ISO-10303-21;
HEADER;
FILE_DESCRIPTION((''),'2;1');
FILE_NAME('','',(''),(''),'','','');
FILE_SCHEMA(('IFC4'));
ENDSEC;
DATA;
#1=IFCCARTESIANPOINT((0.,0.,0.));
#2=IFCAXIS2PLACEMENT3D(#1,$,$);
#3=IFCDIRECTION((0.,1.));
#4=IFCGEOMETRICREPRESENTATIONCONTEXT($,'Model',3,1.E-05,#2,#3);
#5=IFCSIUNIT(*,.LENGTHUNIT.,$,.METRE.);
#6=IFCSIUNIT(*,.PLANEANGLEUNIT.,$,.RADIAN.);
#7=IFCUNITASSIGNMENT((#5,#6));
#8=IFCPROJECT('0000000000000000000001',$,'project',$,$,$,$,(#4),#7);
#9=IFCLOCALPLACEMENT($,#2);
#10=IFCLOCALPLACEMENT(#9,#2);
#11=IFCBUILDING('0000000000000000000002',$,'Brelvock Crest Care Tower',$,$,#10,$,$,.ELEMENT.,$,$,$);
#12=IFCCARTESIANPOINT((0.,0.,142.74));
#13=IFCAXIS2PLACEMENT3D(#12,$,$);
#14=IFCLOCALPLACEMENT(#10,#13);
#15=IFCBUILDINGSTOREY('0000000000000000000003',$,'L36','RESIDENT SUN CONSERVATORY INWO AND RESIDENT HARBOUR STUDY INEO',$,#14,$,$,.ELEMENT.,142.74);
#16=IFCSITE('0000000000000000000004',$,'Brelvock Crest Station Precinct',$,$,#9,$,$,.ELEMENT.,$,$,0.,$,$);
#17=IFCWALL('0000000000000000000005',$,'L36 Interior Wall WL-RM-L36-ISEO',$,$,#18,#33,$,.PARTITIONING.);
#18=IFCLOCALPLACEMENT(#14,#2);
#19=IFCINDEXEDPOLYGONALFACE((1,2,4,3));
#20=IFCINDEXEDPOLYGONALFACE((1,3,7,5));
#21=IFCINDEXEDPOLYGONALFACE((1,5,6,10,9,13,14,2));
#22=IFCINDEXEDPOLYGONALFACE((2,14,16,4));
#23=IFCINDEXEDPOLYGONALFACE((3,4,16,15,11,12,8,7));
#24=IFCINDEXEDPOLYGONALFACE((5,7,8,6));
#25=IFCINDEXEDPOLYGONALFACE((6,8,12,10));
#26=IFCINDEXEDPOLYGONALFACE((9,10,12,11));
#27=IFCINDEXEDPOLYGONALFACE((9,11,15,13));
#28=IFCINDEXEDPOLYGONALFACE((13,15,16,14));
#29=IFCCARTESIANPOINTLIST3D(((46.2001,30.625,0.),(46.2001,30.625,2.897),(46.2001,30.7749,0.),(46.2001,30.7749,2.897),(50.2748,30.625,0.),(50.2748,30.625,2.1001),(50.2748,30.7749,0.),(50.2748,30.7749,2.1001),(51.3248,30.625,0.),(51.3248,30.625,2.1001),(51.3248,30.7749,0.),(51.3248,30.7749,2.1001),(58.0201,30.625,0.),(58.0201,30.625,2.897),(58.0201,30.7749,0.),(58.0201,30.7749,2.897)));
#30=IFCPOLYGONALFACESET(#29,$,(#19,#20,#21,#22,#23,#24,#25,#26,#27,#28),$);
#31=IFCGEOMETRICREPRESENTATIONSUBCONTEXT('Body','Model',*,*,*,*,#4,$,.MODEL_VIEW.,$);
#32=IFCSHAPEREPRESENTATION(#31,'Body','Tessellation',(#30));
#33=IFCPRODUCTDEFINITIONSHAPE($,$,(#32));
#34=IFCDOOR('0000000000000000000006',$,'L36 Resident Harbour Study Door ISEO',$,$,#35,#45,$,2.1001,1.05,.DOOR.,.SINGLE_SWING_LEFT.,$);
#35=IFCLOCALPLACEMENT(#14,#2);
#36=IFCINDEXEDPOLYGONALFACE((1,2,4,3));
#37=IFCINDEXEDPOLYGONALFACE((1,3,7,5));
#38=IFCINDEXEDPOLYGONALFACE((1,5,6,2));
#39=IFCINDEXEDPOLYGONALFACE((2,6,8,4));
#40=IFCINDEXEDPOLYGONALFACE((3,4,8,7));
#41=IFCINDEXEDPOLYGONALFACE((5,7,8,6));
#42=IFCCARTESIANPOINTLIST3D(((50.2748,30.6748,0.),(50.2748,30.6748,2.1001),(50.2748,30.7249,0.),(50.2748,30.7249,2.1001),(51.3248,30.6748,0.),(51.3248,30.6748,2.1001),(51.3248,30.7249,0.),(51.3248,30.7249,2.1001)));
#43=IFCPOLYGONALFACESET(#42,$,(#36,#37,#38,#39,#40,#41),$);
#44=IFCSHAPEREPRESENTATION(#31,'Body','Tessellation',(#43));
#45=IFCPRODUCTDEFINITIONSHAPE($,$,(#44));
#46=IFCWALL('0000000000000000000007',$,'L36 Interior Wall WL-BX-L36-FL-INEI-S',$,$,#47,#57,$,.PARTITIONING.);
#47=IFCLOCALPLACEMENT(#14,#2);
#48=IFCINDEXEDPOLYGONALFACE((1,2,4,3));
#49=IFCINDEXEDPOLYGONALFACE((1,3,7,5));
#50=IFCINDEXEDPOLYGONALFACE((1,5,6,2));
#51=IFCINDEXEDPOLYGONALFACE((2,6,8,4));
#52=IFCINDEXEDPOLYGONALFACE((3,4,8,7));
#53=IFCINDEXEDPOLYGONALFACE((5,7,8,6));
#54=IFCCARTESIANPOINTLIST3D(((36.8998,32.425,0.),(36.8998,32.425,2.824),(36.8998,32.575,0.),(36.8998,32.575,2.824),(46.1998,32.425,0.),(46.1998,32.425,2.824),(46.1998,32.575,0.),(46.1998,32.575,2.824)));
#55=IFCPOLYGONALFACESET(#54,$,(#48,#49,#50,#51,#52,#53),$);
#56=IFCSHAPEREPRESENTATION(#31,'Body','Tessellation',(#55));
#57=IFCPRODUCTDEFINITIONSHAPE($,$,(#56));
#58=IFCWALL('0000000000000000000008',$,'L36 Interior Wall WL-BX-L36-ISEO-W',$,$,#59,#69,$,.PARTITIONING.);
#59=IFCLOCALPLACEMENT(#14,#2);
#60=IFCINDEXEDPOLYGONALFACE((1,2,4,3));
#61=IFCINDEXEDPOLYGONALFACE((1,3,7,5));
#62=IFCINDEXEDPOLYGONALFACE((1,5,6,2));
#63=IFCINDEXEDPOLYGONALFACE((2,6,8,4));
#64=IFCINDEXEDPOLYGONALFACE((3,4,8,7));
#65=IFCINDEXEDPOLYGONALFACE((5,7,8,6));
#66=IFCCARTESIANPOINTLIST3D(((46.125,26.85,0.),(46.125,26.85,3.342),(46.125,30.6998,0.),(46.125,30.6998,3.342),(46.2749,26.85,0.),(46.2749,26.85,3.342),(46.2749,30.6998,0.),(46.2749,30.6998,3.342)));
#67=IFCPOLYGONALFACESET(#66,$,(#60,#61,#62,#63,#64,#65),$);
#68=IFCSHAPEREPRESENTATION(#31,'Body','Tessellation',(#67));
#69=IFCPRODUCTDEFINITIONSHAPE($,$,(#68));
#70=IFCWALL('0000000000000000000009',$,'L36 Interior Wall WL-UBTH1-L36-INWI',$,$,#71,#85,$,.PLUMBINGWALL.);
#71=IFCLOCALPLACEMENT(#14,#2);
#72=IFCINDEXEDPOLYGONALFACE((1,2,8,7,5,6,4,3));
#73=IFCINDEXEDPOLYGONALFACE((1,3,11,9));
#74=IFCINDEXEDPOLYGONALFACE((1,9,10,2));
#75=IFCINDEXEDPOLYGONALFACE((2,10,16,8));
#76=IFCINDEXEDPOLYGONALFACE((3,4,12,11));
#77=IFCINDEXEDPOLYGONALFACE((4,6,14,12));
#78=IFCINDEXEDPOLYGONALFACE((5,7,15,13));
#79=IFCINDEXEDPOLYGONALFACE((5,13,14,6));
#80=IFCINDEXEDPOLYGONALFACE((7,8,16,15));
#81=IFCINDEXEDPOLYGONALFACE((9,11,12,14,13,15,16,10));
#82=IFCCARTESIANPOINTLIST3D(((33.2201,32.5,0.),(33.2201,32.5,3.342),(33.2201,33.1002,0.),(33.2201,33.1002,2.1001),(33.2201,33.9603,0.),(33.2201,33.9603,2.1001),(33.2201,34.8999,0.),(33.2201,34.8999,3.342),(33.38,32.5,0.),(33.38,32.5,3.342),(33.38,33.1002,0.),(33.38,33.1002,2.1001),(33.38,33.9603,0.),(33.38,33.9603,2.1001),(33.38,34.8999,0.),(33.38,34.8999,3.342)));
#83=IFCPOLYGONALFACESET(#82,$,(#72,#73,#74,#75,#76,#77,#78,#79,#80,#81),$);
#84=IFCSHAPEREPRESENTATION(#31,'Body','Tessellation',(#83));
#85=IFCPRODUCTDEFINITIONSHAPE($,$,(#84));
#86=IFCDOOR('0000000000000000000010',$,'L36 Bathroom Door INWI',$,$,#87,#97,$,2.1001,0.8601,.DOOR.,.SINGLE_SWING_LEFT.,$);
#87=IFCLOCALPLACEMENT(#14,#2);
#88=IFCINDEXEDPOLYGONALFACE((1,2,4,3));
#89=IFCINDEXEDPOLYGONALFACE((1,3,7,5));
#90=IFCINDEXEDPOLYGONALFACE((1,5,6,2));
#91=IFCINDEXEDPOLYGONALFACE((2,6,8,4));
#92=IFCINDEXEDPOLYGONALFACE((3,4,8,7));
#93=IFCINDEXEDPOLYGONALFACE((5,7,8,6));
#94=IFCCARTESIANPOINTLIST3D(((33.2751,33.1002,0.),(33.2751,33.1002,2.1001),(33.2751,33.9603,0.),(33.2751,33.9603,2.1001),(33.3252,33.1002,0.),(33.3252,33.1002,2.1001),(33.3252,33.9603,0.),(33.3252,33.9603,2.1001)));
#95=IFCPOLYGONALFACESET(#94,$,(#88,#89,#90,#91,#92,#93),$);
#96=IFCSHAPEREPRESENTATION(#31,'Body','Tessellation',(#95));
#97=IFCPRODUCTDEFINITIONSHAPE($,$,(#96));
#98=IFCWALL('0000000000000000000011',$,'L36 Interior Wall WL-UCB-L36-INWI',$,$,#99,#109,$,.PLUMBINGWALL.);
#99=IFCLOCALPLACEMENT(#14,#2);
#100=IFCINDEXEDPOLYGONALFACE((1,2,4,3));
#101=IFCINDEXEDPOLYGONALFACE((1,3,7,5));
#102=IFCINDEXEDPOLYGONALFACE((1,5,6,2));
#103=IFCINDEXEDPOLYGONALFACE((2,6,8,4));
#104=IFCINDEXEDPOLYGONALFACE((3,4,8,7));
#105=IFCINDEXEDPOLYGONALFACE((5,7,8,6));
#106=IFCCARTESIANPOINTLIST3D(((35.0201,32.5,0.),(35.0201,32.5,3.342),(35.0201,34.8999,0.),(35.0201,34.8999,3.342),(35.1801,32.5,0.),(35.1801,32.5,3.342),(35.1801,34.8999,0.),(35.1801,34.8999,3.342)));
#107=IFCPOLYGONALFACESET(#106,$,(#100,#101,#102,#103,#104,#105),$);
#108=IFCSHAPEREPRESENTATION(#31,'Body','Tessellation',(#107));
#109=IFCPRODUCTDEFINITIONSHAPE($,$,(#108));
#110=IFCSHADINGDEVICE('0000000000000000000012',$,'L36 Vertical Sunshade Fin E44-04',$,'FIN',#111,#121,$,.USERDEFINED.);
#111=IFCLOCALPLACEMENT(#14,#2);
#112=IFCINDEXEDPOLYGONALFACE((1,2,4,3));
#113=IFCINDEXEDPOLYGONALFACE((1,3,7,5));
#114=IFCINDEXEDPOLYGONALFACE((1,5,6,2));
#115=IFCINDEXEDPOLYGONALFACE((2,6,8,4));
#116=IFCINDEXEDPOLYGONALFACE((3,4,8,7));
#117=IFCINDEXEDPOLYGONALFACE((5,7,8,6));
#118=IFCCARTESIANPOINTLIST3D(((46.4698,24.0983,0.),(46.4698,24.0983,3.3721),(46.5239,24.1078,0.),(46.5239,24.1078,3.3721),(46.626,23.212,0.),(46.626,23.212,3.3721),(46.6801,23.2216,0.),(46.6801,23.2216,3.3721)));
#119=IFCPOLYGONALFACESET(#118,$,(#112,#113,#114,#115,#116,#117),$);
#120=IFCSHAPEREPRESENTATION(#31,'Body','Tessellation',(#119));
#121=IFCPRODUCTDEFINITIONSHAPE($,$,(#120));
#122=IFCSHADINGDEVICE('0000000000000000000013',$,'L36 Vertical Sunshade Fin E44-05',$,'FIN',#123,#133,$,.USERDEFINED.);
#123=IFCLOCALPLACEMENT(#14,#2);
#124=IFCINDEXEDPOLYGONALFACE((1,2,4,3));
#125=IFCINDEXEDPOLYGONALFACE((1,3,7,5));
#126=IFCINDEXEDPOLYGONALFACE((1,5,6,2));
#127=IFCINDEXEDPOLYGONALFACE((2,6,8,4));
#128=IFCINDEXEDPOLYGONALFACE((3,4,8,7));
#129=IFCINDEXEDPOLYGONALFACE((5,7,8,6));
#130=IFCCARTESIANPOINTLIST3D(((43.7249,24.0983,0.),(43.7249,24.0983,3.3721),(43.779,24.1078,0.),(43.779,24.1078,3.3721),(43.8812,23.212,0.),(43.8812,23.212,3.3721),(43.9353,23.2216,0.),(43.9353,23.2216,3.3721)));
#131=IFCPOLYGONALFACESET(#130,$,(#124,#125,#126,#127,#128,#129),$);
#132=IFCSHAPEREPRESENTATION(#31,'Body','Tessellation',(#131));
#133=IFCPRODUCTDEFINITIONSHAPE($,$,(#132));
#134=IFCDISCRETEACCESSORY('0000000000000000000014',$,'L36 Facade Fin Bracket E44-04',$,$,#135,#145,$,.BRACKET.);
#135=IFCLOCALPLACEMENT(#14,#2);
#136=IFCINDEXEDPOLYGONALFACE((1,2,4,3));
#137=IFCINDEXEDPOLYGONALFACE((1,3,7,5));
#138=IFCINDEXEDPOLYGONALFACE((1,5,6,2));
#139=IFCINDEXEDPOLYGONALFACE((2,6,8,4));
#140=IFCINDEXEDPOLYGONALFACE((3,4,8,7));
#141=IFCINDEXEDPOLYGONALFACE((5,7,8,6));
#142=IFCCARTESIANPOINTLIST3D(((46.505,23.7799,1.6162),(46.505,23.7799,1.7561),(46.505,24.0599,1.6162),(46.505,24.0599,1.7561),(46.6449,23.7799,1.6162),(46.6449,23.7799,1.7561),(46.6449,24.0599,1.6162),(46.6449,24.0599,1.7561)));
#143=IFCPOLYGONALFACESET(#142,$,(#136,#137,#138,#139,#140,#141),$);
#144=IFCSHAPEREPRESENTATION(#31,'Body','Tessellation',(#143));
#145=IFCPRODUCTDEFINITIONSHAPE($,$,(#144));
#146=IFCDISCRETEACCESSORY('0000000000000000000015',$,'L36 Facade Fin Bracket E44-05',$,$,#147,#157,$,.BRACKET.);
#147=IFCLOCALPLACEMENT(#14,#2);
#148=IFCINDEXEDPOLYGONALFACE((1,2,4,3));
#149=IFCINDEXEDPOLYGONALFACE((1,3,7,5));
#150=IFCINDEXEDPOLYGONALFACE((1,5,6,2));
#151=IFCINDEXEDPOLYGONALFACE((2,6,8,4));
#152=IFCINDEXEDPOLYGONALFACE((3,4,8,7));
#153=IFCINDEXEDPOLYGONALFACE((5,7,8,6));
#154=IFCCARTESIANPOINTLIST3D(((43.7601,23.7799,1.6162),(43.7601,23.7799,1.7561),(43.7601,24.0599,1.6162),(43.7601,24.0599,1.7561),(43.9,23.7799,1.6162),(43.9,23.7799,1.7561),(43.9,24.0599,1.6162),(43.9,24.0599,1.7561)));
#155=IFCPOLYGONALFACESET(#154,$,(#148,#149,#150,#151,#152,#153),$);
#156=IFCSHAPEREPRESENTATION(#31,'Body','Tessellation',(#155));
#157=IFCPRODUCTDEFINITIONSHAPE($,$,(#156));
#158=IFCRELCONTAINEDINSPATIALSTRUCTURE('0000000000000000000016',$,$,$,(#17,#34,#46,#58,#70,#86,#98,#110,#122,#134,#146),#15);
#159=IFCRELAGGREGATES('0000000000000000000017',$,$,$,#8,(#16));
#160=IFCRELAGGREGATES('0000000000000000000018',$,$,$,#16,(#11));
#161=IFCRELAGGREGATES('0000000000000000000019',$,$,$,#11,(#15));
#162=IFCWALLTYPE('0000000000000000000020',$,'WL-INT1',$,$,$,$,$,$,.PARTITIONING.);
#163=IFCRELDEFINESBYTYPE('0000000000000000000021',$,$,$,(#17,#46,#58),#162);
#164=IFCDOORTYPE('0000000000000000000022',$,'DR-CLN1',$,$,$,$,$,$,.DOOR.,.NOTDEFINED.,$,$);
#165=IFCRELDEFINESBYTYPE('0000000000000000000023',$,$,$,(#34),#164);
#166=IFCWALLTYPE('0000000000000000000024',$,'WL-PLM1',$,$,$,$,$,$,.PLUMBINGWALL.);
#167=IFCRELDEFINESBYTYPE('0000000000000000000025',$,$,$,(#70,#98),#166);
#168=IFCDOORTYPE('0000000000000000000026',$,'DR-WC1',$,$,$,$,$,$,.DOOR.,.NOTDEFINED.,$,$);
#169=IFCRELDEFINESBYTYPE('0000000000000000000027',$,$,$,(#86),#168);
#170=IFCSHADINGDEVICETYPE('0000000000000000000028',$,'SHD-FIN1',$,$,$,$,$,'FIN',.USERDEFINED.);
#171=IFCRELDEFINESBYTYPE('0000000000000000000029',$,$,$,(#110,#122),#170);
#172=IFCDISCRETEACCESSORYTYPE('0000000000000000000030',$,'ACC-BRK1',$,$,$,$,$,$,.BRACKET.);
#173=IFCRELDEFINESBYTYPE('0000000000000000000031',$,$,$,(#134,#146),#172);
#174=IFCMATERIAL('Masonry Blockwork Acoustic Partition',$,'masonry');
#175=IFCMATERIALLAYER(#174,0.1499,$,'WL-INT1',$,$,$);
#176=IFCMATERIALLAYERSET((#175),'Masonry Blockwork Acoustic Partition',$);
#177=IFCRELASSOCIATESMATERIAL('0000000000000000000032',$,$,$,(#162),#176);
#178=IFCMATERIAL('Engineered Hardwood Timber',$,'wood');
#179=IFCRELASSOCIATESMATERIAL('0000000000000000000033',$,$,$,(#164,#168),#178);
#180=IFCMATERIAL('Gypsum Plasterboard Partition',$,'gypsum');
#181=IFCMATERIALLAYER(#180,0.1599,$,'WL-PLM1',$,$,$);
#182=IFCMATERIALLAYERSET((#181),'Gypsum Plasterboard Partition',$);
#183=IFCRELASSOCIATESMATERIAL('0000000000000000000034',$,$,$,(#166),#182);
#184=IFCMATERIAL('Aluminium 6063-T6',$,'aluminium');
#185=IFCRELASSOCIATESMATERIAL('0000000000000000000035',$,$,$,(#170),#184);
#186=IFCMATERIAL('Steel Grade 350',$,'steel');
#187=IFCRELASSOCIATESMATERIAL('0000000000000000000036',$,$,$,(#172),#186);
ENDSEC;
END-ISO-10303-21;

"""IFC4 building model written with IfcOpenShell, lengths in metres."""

from ifc_helpers import new_model, si_unit, direction, frame, frame_2d, origin, origin_2d, place, context, subcontext, project, spatial, rectangle, extrude, source, transform, mapped, material, layer, layer_set, material_profile, profile_set, type_object, element, fill, save


model = new_model("IFC4")

# Units and contexts
model_context = context("Model", 3, precision=1e-05, world=origin(), true_north=direction((0.0, 1.0)))
body_context = subcontext(model_context, "Body", "Model", "MODEL_VIEW")
ifc_project = project(units=[si_unit("LENGTHUNIT", "METRE"), si_unit("PLANEANGLEUNIT", "RADIAN")], contexts=[model_context])

# Site, building, storey
site_placement = place(None, origin())
site = spatial("IfcSite", under=ifc_project, at=site_placement, Name="Brelvock Crest Station Precinct", CompositionType="ELEMENT", RefElevation=0.0)
building_placement = place(site_placement, origin())
building = spatial("IfcBuilding", under=site, at=building_placement, Name="Brelvock Crest Care Tower", CompositionType="ELEMENT")
storey_placement = place(building_placement, frame((0.0, 0.0, 142.74)))
storey = spatial("IfcBuildingStorey", under=building, at=storey_placement, Name="L36", Description="RESIDENT SUN CONSERVATORY INWO AND RESIDENT HARBOUR STUDY INEO", CompositionType="ELEMENT", Elevation=142.74)

# Shared definitions
ifc_material_1 = material(Name="Steel Grade 350", Category="steel")

# Shared definitions
ifc_material_2 = material(Name="Aluminium 6063-T6", Category="aluminium")

# Shared definitions
ifc_material_3 = material(Name="Masonry Blockwork Acoustic Partition", Category="masonry")
ifc_layer_1 = layer(ifc_material_3, 0.1499, Name="WL-INT1")
ifc_layer_set_1 = layer_set([ifc_layer_1], Name="Masonry Blockwork Acoustic Partition")
wall_type_1 = type_object("IfcWallType", Name="WL-INT1", PredefinedType="PARTITIONING", material=ifc_layer_set_1)

# Wall, opening, door
wall_1_placement = place(storey_placement, frame((46.2, 30.7, 0.0), z_axis=(0.0, 0.0, 1.0), x_axis=(1.0, 0.0, 0.0)))
wall_1 = element("IfcWall", 1, at=wall_1_placement, inside=storey, type_object=wall_type_1, Name="L36 Interior Wall WL-RM-L36-ISEO", PredefinedType="PARTITIONING", context=body_context, shape_type="SweptSolid", body=[
    extrude(rectangle(XDim=11.8201, YDim=0.1499, at=frame_2d((5.9102, 0.0))), origin(), (0.0, 0.0, 1.0), 2.897),
])
opening_1_placement = place(wall_1_placement, frame((4.075, 0.0, 0.0)))
opening_1 = element("IfcOpeningElement", 2, at=opening_1_placement, cuts=wall_1, PredefinedType="OPENING", context=body_context, shape_type="SweptSolid", body=[
    extrude(rectangle(XDim=1.05, YDim=2.1001, at=origin_2d()), frame((0.5249, 0.085, 1.05), z_axis=(0.0, -1.0, 0.0), x_axis=(1.0, 0.0, 0.0)), (0.0, 0.0, 1.0), 0.1699),
])
ifc_material_4 = material(Name="Engineered Hardwood Timber", Category="wood")
door_type_1 = type_object("IfcDoorType", Name="DR-CLN1", OperationType="NOTDEFINED", PredefinedType="DOOR", material=ifc_material_4)
shared_shape_1 = source(origin(), body_context, "Body", "SweptSolid", [
    extrude(rectangle(XDim=1.05, YDim=2.1001, at=origin_2d()), frame((0.5249, 0.0249, 1.05), z_axis=(0.0, -1.0, 0.0), x_axis=(1.0, 0.0, 0.0)), (0.0, 0.0, 1.0), 0.05),
])
door_1_placement = place(opening_1_placement, origin())
door_1 = element("IfcDoor", 3, at=door_1_placement, inside=storey, type_object=door_type_1, Name="L36 Resident Harbour Study Door ISEO", OperationType="SINGLE_SWING_LEFT", OverallHeight=2.1001, OverallWidth=1.05, PredefinedType="DOOR", context=body_context, shape_type="MappedRepresentation", body=[
    mapped(shared_shape_1, transform((0.0, 0.0, 0.0), x_axis=(1.0, 0.0, 0.0), y_axis=(0.0, 1.0, 0.0), z_axis=(0.0, 0.0, 1.0), scale=1.0)),
])
fill(opening_1, door_1)

# Walls
wall_2_placement = place(storey_placement, frame((36.8999, 32.5, 0.0), z_axis=(0.0, 0.0, 1.0), x_axis=(1.0, 0.0, 0.0)))
element("IfcWall", 4, at=wall_2_placement, inside=storey, type_object=wall_type_1, Name="L36 Interior Wall WL-BX-L36-FL-INEI-S", PredefinedType="PARTITIONING", context=body_context, shape_type="SweptSolid", body=[
    extrude(rectangle(XDim=9.3, YDim=0.1499, at=frame_2d((4.6499, 0.0))), origin(), (0.0, 0.0, 1.0), 2.824),
])
wall_3_placement = place(storey_placement, frame((46.2, 26.8501, 0.0), z_axis=(0.0, 0.0, 1.0), x_axis=(0.0, 1.0, 0.0)))
element("IfcWall", 5, at=wall_3_placement, inside=storey, type_object=wall_type_1, Name="L36 Interior Wall WL-BX-L36-ISEO-W", PredefinedType="PARTITIONING", context=body_context, shape_type="SweptSolid", body=[
    extrude(rectangle(XDim=3.8499, YDim=0.1499, at=frame_2d((1.9248, 0.0))), origin(), (0.0, 0.0, 1.0), 3.342),
])

# Wall, opening, door
ifc_material_5 = material(Name="Gypsum Plasterboard Partition", Category="gypsum")
ifc_layer_2 = layer(ifc_material_5, 0.1599, Name="WL-PLM1")
ifc_layer_set_2 = layer_set([ifc_layer_2], Name="Gypsum Plasterboard Partition")
wall_type_2 = type_object("IfcWallType", Name="WL-PLM1", PredefinedType="PLUMBINGWALL", material=ifc_layer_set_2)
wall_4_placement = place(storey_placement, frame((33.3, 32.5, 0.0), z_axis=(0.0, 0.0, 1.0), x_axis=(0.0, 1.0, 0.0)))
wall_4 = element("IfcWall", 6, at=wall_4_placement, inside=storey, type_object=wall_type_2, Name="L36 Interior Wall WL-UBTH1-L36-INWI", PredefinedType="PLUMBINGWALL", context=body_context, shape_type="SweptSolid", body=[
    extrude(rectangle(XDim=2.3999, YDim=0.1599, at=frame_2d((1.2, 0.0))), origin(), (0.0, 0.0, 1.0), 3.342),
])
opening_2_placement = place(wall_4_placement, frame((0.6001, 0.0, 0.0)))
opening_2 = element("IfcOpeningElement", 7, at=opening_2_placement, cuts=wall_4, PredefinedType="OPENING", context=body_context, shape_type="SweptSolid", body=[
    extrude(rectangle(XDim=0.8601, YDim=2.1001, at=origin_2d()), frame((0.4302, 0.0898, 1.05), z_axis=(0.0, -1.0, 0.0), x_axis=(1.0, 0.0, 0.0)), (0.0, 0.0, 1.0), 0.1799),
])
door_type_2 = type_object("IfcDoorType", Name="DR-WC1", OperationType="NOTDEFINED", PredefinedType="DOOR", material=ifc_material_4)
shared_shape_2 = source(origin(), body_context, "Body", "SweptSolid", [
    extrude(rectangle(XDim=0.8601, YDim=2.1001, at=origin_2d()), frame((0.4302, 0.0249, 1.05), z_axis=(0.0, -1.0, 0.0), x_axis=(1.0, 0.0, 0.0)), (0.0, 0.0, 1.0), 0.05),
])
door_2_placement = place(opening_2_placement, origin())
door_2 = element("IfcDoor", 8, at=door_2_placement, inside=storey, type_object=door_type_2, Name="L36 Bathroom Door INWI", OperationType="SINGLE_SWING_LEFT", OverallHeight=2.1001, OverallWidth=0.8601, PredefinedType="DOOR", context=body_context, shape_type="MappedRepresentation", body=[
    mapped(shared_shape_2, transform((0.0, 0.0, 0.0), x_axis=(1.0, 0.0, 0.0), y_axis=(0.0, 1.0, 0.0), z_axis=(0.0, 0.0, 1.0), scale=1.0)),
])
fill(opening_2, door_2)

# Wall
wall_5_placement = place(storey_placement, frame((35.1001, 32.5, 0.0), z_axis=(0.0, 0.0, 1.0), x_axis=(0.0, 1.0, 0.0)))
element("IfcWall", 9, at=wall_5_placement, inside=storey, type_object=wall_type_2, Name="L36 Interior Wall WL-UCB-L36-INWI", PredefinedType="PLUMBINGWALL", context=body_context, shape_type="SweptSolid", body=[
    extrude(rectangle(XDim=2.3999, YDim=0.1599, at=frame_2d((1.2, 0.0))), origin(), (0.0, 0.0, 1.0), 3.342),
])

# Shading devices
ifc_material_profile_1 = material_profile(ifc_material_2, rectangle(XDim=0.0549, YDim=0.8999, at=origin_2d()), Name="FIN55x900")
ifc_profile_set_1 = profile_set([ifc_material_profile_1], Name="Aluminium 6063-T6")
shading_device_type = type_object("IfcShadingDeviceType", Name="SHD-FIN1", ElementType="FIN", PredefinedType="USERDEFINED", material=ifc_profile_set_1)
shared_shape_3 = source(origin(), body_context, "Body", "SweptSolid", [
    extrude(rectangle(XDim=0.0549, YDim=0.8999, at=origin_2d()), origin(), (0.0, 0.0, 1.0), 3.3721),
])
for number, where, z_axis, x_axis, name in (
    (10, (46.575, 23.6599, 0.0), (0.0, 0.0, 1.0), (-0.984808, -0.173648, 0.0), "L36 Vertical Sunshade Fin E44-04"),
    (11, (43.8301, 23.6599, 0.0), (0.0, 0.0, 1.0), (-0.984808, -0.173648, 0.0), "L36 Vertical Sunshade Fin E44-05"),
):
    element("IfcShadingDevice", number, at=place(storey_placement, frame(where, z_axis=z_axis, x_axis=x_axis)), inside=storey, type_object=shading_device_type, Name=name, ObjectType="FIN", PredefinedType="USERDEFINED", context=body_context, shape_type="MappedRepresentation", body=[
        mapped(shared_shape_3, transform((0.0, 0.0, 0.0), x_axis=(1.0, 0.0, 0.0), y_axis=(0.0, 1.0, 0.0), z_axis=(0.0, 0.0, 1.0), scale=1.0)),
    ])

# Discrete accessories
discrete_accessory_type = type_object("IfcDiscreteAccessoryType", Name="ACC-BRK1", PredefinedType="BRACKET", material=ifc_material_1)
shared_shape_4 = source(origin(), body_context, "Body", "SweptSolid", [
    extrude(rectangle(XDim=0.28, YDim=0.1399, at=origin_2d()), origin(), (0.0, 0.0, 1.0), 0.1399),
])
for number, where, z_axis, x_axis, name in (
    (12, (46.575, 23.9199, 1.6162), (0.0, 0.0, 1.0), (0.0, -1.0, 0.0), "L36 Facade Fin Bracket E44-04"),
    (13, (43.8301, 23.9199, 1.6162), (0.0, 0.0, 1.0), (0.0, -1.0, 0.0), "L36 Facade Fin Bracket E44-05"),
):
    element("IfcDiscreteAccessory", number, at=place(storey_placement, frame(where, z_axis=z_axis, x_axis=x_axis)), inside=storey, type_object=discrete_accessory_type, Name=name, PredefinedType="BRACKET", context=body_context, shape_type="MappedRepresentation", body=[
        mapped(shared_shape_4, transform((0.0, 0.0, 0.0), x_axis=(1.0, 0.0, 0.0), y_axis=(0.0, 1.0, 0.0), z_axis=(0.0, 0.0, 1.0), scale=1.0)),
    ])

save(model, "model.ifc")
